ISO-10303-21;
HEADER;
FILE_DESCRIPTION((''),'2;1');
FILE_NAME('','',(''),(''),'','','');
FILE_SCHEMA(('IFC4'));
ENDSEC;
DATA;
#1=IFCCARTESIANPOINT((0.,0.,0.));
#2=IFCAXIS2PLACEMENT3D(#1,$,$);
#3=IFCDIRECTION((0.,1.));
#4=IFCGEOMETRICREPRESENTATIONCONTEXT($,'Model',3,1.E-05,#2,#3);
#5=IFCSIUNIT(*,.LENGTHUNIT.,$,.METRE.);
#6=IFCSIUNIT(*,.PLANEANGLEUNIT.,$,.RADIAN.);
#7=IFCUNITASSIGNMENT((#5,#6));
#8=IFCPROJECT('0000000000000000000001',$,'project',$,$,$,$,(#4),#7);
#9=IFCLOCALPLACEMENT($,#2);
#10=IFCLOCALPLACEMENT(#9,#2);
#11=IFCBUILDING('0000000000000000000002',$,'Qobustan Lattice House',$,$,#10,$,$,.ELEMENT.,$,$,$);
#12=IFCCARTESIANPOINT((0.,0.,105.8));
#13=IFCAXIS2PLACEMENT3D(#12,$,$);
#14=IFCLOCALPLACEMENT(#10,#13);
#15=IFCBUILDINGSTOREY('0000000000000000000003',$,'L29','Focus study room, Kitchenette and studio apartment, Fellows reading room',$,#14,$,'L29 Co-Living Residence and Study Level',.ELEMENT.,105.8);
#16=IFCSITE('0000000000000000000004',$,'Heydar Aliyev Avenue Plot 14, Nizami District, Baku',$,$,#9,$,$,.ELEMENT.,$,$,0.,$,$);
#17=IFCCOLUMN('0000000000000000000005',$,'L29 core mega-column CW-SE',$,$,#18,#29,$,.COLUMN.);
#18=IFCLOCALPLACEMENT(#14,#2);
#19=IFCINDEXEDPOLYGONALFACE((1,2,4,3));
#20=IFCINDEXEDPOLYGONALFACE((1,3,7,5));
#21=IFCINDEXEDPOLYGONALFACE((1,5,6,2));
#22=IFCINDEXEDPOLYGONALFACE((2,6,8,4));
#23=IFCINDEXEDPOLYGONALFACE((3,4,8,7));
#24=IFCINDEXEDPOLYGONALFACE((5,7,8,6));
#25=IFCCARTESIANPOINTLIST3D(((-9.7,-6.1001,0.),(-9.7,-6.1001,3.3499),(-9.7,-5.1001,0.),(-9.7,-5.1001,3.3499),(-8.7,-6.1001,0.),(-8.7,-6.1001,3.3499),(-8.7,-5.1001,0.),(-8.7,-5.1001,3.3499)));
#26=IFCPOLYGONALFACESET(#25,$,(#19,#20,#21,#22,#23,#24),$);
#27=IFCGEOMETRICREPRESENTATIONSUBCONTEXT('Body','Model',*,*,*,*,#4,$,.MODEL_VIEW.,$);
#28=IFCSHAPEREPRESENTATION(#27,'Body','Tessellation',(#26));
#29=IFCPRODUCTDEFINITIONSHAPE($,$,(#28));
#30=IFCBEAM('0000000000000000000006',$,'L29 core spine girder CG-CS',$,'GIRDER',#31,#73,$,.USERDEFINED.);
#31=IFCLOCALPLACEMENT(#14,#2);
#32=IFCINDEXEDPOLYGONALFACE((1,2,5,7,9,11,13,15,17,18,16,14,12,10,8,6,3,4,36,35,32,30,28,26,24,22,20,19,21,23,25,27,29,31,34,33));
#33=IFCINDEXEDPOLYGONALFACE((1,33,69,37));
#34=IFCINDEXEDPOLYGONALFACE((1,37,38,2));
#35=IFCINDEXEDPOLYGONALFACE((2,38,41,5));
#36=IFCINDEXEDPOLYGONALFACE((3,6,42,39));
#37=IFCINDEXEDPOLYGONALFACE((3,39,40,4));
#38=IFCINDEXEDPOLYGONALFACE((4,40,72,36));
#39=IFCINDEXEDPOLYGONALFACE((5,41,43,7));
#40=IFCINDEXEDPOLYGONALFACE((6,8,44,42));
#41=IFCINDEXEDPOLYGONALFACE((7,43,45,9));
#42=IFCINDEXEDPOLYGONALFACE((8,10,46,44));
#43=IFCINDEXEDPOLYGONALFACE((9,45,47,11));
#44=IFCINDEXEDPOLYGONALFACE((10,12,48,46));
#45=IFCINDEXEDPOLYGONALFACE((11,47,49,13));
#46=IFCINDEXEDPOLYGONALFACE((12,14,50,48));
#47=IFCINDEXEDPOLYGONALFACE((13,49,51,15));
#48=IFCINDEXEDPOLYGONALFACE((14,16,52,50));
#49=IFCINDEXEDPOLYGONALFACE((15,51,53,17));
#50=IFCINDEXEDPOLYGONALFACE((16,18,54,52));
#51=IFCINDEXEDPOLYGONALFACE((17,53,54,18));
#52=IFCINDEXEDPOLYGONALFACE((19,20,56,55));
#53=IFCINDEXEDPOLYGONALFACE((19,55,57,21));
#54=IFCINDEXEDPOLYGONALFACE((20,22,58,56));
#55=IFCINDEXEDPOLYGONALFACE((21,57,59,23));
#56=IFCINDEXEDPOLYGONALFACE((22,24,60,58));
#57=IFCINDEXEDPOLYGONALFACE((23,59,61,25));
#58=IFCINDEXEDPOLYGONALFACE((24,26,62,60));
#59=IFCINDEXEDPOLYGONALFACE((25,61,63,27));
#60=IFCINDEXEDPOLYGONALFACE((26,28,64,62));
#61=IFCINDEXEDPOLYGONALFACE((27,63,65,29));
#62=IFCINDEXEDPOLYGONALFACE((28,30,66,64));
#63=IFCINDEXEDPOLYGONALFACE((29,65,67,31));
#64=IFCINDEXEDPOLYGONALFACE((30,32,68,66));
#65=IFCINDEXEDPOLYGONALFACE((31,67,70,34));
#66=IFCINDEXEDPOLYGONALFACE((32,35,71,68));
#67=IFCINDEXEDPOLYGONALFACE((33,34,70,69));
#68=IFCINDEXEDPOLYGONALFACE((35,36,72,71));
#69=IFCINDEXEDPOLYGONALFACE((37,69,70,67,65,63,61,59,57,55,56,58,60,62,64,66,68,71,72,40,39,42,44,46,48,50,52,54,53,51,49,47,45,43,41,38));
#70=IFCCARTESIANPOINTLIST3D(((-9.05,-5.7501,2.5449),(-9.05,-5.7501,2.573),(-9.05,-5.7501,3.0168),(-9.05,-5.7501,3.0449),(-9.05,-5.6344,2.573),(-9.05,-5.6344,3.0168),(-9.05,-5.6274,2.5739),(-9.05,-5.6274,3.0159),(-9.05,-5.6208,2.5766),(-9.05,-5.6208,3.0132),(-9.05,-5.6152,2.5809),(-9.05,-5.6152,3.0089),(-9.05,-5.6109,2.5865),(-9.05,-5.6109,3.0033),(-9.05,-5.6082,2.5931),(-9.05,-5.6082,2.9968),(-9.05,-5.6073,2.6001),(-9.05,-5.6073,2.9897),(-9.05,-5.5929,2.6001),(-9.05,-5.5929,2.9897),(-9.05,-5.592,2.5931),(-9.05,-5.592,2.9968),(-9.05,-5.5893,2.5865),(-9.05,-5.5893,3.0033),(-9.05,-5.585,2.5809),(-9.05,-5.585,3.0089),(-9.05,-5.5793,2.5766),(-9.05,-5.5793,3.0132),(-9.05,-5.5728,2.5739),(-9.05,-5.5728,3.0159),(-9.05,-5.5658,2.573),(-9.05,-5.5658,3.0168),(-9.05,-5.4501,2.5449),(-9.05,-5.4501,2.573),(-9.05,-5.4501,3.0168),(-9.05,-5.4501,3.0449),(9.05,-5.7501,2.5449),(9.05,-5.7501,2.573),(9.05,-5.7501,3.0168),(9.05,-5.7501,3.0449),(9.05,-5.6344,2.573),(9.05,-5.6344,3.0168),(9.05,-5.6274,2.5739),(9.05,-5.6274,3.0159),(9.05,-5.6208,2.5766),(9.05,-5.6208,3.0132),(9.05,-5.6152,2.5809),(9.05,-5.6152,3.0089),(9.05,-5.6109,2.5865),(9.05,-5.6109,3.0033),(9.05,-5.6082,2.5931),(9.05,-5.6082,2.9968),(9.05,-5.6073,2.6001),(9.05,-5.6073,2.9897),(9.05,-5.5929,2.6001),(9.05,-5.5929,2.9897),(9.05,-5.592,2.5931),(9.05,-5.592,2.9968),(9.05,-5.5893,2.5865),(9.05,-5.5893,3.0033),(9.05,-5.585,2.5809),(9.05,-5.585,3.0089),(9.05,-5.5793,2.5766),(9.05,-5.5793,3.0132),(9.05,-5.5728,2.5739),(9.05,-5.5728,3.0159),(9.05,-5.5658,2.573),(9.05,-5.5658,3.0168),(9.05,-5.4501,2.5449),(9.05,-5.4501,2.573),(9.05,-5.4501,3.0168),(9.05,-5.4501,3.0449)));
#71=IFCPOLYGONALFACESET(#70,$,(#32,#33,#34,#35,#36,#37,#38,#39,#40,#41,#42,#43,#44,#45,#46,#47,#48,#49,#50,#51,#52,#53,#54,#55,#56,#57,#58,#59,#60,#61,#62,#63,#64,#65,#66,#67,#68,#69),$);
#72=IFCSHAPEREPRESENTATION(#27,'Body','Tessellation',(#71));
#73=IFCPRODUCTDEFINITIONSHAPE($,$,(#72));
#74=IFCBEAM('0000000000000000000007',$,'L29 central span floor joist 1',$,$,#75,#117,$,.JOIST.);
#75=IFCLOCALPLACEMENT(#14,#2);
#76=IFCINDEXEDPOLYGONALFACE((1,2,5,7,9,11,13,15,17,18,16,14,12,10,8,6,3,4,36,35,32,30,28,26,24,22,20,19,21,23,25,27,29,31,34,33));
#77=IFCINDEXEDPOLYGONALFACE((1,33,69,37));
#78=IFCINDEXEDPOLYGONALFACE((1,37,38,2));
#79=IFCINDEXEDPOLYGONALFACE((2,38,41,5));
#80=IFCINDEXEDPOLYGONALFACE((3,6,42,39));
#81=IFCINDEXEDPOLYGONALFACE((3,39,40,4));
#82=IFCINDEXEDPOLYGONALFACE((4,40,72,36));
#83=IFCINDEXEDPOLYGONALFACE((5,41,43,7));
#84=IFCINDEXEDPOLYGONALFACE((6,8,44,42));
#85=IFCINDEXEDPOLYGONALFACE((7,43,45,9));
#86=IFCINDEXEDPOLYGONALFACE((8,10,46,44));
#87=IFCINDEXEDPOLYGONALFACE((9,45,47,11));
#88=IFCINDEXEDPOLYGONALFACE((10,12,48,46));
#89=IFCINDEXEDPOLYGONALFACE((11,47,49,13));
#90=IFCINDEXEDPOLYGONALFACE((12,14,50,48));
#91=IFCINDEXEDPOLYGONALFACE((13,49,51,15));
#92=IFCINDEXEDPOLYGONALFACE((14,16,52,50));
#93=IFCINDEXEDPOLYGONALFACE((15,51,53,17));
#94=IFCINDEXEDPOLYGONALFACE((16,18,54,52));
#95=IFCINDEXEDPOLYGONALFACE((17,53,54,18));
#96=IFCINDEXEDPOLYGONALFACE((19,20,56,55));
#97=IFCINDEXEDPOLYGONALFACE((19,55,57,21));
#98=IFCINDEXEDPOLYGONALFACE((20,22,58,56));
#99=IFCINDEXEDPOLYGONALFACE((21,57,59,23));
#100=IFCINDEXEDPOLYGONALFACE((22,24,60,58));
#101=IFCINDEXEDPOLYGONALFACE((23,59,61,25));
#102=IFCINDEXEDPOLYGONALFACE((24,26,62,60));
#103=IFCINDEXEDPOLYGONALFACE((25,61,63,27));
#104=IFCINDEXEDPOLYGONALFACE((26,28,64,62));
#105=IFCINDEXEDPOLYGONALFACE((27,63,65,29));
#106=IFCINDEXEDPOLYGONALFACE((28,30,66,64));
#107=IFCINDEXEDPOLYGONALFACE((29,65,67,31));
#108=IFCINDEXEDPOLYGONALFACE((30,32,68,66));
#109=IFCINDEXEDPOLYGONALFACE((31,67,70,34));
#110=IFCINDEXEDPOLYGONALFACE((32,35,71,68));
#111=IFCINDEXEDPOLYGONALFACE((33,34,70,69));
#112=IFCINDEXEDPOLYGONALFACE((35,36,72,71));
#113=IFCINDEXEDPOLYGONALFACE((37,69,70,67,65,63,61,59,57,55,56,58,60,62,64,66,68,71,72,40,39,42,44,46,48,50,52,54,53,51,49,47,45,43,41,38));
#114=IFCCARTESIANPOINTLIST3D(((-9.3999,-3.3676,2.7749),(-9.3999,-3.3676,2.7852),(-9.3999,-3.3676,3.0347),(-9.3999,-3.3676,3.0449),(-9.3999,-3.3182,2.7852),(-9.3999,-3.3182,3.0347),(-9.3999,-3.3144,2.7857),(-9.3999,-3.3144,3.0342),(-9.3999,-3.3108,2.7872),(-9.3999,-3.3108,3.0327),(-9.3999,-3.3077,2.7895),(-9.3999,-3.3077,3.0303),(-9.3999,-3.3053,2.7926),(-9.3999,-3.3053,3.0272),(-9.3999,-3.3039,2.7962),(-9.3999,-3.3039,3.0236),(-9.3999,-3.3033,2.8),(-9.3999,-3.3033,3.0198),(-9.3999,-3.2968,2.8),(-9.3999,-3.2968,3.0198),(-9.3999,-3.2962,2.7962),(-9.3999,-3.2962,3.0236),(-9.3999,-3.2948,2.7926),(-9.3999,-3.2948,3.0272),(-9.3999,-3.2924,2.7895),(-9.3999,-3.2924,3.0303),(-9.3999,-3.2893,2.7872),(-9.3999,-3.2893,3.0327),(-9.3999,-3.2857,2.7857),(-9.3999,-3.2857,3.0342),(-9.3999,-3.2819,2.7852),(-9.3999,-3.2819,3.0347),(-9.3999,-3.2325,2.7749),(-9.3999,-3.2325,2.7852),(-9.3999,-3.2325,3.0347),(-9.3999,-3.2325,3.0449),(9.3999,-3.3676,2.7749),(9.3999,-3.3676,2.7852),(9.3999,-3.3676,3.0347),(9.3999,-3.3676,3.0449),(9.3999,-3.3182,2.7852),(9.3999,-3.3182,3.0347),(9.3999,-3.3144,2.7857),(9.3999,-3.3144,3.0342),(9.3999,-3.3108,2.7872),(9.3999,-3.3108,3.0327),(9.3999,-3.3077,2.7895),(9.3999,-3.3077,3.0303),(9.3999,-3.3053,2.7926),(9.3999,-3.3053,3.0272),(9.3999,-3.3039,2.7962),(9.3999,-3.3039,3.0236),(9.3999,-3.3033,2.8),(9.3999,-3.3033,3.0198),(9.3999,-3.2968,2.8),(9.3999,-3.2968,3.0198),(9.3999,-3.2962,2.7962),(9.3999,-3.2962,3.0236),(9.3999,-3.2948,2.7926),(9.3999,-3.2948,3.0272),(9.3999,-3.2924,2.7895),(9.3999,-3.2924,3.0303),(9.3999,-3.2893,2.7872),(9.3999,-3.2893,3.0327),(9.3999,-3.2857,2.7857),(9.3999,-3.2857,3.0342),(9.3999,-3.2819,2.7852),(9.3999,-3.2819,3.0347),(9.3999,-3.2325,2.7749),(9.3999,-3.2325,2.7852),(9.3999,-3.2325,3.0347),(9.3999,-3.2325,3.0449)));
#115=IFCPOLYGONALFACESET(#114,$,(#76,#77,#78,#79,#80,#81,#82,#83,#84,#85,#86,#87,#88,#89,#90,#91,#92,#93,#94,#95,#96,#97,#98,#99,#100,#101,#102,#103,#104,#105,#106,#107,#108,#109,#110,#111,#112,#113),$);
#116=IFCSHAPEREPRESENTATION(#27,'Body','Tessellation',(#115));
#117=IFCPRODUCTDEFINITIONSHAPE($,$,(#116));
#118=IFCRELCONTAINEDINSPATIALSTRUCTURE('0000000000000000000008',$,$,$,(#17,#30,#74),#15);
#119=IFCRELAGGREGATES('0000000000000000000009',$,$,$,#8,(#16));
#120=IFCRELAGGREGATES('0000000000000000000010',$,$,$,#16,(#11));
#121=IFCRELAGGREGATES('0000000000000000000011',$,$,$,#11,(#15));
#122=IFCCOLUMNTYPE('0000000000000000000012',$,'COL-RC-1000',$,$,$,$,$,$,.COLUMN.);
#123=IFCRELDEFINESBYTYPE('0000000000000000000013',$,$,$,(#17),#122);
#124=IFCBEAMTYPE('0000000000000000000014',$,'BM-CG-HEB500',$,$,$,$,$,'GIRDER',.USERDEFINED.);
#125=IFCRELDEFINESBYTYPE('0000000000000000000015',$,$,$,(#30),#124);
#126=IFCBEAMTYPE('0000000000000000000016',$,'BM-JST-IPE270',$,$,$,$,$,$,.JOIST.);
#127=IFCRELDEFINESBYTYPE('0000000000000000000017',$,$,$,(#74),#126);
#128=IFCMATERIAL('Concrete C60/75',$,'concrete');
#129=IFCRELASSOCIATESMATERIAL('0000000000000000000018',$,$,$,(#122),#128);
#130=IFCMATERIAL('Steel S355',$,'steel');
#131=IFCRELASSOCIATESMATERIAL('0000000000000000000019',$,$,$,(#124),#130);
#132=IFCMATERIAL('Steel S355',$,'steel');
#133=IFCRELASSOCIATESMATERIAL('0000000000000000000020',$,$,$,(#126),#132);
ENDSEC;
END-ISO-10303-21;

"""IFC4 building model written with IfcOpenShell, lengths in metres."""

from ifc_helpers import new_model, si_unit, direction, frame, origin, origin_2d, place, context, subcontext, project, spatial, rectangle, i_section, extrude, material, material_profile, profile_set, type_object, element, save


model = new_model("IFC4")

# Units and contexts
model_context = context("Model", 3, precision=1e-05, world=origin(), true_north=direction((0.0, 1.0)))
body_context = subcontext(model_context, "Body", "Model", "MODEL_VIEW")
ifc_project = project(units=[si_unit("LENGTHUNIT", "METRE"), si_unit("PLANEANGLEUNIT", "RADIAN")], contexts=[model_context])

# Site, building, storey
site_placement = place(None, origin())
site = spatial("IfcSite", under=ifc_project, at=site_placement, Name="Heydar Aliyev Avenue Plot 14, Nizami District, Baku", CompositionType="ELEMENT", RefElevation=0.0)
building_placement = place(site_placement, origin())
building = spatial("IfcBuilding", under=site, at=building_placement, Name="Qobustan Lattice House", CompositionType="ELEMENT")
storey_placement = place(building_placement, frame((0.0, 0.0, 105.8)))
storey = spatial("IfcBuildingStorey", under=building, at=storey_placement, Name="L29", Description="Focus study room, Kitchenette and studio apartment, Fellows reading room", LongName="L29 Co-Living Residence and Study Level", CompositionType="ELEMENT", Elevation=105.8)

# Column
ifc_material_1 = material(Name="Concrete C60/75", Category="concrete")
ifc_material_profile_1 = material_profile(ifc_material_1, rectangle(XDim=1.0, YDim=1.0, at=origin_2d()), Name="RC1000x1000")
ifc_profile_set_1 = profile_set([ifc_material_profile_1], Name="Concrete C60/75")
column_type = type_object("IfcColumnType", Name="COL-RC-1000", PredefinedType="COLUMN", material=ifc_profile_set_1)
column_placement = place(storey_placement, frame((-9.2, -5.6001, 0.0), z_axis=(0.0, 0.0, 1.0), x_axis=(1.0, 0.0, 0.0)))
element("IfcColumn", 1, at=column_placement, inside=storey, type_object=column_type, Name="L29 core mega-column CW-SE", PredefinedType="COLUMN", context=body_context, shape_type="SweptSolid", body=[
    extrude(rectangle(XDim=1.0, YDim=1.0, at=origin_2d()), origin(), (0.0, 0.0, 1.0), 3.3499),
])

# Beams
ifc_material_2 = material(Name="Steel S355", Category="steel")
ifc_material_profile_2 = material_profile(ifc_material_2, i_section(OverallWidth=0.3, OverallDepth=0.5, WebThickness=0.0144, FlangeThickness=0.0281, FilletRadius=0.0271, at=origin_2d()), Name="HEB500")
ifc_profile_set_2 = profile_set([ifc_material_profile_2], Name="Steel S355")
beam_type_1 = type_object("IfcBeamType", Name="BM-CG-HEB500", ElementType="GIRDER", PredefinedType="USERDEFINED", material=ifc_profile_set_2)
beam_1_placement = place(storey_placement, frame((-9.05, -5.6001, 2.7949), z_axis=(1.0, 0.0, 0.0), x_axis=(0.0, 1.0, 0.0)))
element("IfcBeam", 2, at=beam_1_placement, inside=storey, type_object=beam_type_1, Name="L29 core spine girder CG-CS", ObjectType="GIRDER", PredefinedType="USERDEFINED", context=body_context, shape_type="SweptSolid", body=[
    extrude(i_section(OverallWidth=0.3, OverallDepth=0.5, WebThickness=0.0144, FlangeThickness=0.0281, FilletRadius=0.0271, at=origin_2d()), origin(), (0.0, 0.0, 1.0), 18.1001),
])
ifc_material_3 = material(Name="Steel S355", Category="steel")
ifc_material_profile_3 = material_profile(ifc_material_3, i_section(OverallWidth=0.135, OverallDepth=0.27, WebThickness=0.0066, FlangeThickness=0.0103, FilletRadius=0.0149, at=origin_2d()), Name="IPE270")
ifc_profile_set_3 = profile_set([ifc_material_profile_3], Name="Steel S355")
beam_type_2 = type_object("IfcBeamType", Name="BM-JST-IPE270", PredefinedType="JOIST", material=ifc_profile_set_3)
beam_2_placement = place(storey_placement, frame((-9.3999, -3.3, 2.9099), z_axis=(1.0, 0.0, 0.0), x_axis=(0.0, 1.0, 0.0)))
element("IfcBeam", 3, at=beam_2_placement, inside=storey, type_object=beam_type_2, Name="L29 central span floor joist 1", PredefinedType="JOIST", context=body_context, shape_type="SweptSolid", body=[
    extrude(i_section(OverallWidth=0.135, OverallDepth=0.27, WebThickness=0.0066, FlangeThickness=0.0103, FilletRadius=0.0149, at=origin_2d()), origin(), (0.0, 0.0, 1.0), 18.7998),
])

save(model, "model.ifc")
